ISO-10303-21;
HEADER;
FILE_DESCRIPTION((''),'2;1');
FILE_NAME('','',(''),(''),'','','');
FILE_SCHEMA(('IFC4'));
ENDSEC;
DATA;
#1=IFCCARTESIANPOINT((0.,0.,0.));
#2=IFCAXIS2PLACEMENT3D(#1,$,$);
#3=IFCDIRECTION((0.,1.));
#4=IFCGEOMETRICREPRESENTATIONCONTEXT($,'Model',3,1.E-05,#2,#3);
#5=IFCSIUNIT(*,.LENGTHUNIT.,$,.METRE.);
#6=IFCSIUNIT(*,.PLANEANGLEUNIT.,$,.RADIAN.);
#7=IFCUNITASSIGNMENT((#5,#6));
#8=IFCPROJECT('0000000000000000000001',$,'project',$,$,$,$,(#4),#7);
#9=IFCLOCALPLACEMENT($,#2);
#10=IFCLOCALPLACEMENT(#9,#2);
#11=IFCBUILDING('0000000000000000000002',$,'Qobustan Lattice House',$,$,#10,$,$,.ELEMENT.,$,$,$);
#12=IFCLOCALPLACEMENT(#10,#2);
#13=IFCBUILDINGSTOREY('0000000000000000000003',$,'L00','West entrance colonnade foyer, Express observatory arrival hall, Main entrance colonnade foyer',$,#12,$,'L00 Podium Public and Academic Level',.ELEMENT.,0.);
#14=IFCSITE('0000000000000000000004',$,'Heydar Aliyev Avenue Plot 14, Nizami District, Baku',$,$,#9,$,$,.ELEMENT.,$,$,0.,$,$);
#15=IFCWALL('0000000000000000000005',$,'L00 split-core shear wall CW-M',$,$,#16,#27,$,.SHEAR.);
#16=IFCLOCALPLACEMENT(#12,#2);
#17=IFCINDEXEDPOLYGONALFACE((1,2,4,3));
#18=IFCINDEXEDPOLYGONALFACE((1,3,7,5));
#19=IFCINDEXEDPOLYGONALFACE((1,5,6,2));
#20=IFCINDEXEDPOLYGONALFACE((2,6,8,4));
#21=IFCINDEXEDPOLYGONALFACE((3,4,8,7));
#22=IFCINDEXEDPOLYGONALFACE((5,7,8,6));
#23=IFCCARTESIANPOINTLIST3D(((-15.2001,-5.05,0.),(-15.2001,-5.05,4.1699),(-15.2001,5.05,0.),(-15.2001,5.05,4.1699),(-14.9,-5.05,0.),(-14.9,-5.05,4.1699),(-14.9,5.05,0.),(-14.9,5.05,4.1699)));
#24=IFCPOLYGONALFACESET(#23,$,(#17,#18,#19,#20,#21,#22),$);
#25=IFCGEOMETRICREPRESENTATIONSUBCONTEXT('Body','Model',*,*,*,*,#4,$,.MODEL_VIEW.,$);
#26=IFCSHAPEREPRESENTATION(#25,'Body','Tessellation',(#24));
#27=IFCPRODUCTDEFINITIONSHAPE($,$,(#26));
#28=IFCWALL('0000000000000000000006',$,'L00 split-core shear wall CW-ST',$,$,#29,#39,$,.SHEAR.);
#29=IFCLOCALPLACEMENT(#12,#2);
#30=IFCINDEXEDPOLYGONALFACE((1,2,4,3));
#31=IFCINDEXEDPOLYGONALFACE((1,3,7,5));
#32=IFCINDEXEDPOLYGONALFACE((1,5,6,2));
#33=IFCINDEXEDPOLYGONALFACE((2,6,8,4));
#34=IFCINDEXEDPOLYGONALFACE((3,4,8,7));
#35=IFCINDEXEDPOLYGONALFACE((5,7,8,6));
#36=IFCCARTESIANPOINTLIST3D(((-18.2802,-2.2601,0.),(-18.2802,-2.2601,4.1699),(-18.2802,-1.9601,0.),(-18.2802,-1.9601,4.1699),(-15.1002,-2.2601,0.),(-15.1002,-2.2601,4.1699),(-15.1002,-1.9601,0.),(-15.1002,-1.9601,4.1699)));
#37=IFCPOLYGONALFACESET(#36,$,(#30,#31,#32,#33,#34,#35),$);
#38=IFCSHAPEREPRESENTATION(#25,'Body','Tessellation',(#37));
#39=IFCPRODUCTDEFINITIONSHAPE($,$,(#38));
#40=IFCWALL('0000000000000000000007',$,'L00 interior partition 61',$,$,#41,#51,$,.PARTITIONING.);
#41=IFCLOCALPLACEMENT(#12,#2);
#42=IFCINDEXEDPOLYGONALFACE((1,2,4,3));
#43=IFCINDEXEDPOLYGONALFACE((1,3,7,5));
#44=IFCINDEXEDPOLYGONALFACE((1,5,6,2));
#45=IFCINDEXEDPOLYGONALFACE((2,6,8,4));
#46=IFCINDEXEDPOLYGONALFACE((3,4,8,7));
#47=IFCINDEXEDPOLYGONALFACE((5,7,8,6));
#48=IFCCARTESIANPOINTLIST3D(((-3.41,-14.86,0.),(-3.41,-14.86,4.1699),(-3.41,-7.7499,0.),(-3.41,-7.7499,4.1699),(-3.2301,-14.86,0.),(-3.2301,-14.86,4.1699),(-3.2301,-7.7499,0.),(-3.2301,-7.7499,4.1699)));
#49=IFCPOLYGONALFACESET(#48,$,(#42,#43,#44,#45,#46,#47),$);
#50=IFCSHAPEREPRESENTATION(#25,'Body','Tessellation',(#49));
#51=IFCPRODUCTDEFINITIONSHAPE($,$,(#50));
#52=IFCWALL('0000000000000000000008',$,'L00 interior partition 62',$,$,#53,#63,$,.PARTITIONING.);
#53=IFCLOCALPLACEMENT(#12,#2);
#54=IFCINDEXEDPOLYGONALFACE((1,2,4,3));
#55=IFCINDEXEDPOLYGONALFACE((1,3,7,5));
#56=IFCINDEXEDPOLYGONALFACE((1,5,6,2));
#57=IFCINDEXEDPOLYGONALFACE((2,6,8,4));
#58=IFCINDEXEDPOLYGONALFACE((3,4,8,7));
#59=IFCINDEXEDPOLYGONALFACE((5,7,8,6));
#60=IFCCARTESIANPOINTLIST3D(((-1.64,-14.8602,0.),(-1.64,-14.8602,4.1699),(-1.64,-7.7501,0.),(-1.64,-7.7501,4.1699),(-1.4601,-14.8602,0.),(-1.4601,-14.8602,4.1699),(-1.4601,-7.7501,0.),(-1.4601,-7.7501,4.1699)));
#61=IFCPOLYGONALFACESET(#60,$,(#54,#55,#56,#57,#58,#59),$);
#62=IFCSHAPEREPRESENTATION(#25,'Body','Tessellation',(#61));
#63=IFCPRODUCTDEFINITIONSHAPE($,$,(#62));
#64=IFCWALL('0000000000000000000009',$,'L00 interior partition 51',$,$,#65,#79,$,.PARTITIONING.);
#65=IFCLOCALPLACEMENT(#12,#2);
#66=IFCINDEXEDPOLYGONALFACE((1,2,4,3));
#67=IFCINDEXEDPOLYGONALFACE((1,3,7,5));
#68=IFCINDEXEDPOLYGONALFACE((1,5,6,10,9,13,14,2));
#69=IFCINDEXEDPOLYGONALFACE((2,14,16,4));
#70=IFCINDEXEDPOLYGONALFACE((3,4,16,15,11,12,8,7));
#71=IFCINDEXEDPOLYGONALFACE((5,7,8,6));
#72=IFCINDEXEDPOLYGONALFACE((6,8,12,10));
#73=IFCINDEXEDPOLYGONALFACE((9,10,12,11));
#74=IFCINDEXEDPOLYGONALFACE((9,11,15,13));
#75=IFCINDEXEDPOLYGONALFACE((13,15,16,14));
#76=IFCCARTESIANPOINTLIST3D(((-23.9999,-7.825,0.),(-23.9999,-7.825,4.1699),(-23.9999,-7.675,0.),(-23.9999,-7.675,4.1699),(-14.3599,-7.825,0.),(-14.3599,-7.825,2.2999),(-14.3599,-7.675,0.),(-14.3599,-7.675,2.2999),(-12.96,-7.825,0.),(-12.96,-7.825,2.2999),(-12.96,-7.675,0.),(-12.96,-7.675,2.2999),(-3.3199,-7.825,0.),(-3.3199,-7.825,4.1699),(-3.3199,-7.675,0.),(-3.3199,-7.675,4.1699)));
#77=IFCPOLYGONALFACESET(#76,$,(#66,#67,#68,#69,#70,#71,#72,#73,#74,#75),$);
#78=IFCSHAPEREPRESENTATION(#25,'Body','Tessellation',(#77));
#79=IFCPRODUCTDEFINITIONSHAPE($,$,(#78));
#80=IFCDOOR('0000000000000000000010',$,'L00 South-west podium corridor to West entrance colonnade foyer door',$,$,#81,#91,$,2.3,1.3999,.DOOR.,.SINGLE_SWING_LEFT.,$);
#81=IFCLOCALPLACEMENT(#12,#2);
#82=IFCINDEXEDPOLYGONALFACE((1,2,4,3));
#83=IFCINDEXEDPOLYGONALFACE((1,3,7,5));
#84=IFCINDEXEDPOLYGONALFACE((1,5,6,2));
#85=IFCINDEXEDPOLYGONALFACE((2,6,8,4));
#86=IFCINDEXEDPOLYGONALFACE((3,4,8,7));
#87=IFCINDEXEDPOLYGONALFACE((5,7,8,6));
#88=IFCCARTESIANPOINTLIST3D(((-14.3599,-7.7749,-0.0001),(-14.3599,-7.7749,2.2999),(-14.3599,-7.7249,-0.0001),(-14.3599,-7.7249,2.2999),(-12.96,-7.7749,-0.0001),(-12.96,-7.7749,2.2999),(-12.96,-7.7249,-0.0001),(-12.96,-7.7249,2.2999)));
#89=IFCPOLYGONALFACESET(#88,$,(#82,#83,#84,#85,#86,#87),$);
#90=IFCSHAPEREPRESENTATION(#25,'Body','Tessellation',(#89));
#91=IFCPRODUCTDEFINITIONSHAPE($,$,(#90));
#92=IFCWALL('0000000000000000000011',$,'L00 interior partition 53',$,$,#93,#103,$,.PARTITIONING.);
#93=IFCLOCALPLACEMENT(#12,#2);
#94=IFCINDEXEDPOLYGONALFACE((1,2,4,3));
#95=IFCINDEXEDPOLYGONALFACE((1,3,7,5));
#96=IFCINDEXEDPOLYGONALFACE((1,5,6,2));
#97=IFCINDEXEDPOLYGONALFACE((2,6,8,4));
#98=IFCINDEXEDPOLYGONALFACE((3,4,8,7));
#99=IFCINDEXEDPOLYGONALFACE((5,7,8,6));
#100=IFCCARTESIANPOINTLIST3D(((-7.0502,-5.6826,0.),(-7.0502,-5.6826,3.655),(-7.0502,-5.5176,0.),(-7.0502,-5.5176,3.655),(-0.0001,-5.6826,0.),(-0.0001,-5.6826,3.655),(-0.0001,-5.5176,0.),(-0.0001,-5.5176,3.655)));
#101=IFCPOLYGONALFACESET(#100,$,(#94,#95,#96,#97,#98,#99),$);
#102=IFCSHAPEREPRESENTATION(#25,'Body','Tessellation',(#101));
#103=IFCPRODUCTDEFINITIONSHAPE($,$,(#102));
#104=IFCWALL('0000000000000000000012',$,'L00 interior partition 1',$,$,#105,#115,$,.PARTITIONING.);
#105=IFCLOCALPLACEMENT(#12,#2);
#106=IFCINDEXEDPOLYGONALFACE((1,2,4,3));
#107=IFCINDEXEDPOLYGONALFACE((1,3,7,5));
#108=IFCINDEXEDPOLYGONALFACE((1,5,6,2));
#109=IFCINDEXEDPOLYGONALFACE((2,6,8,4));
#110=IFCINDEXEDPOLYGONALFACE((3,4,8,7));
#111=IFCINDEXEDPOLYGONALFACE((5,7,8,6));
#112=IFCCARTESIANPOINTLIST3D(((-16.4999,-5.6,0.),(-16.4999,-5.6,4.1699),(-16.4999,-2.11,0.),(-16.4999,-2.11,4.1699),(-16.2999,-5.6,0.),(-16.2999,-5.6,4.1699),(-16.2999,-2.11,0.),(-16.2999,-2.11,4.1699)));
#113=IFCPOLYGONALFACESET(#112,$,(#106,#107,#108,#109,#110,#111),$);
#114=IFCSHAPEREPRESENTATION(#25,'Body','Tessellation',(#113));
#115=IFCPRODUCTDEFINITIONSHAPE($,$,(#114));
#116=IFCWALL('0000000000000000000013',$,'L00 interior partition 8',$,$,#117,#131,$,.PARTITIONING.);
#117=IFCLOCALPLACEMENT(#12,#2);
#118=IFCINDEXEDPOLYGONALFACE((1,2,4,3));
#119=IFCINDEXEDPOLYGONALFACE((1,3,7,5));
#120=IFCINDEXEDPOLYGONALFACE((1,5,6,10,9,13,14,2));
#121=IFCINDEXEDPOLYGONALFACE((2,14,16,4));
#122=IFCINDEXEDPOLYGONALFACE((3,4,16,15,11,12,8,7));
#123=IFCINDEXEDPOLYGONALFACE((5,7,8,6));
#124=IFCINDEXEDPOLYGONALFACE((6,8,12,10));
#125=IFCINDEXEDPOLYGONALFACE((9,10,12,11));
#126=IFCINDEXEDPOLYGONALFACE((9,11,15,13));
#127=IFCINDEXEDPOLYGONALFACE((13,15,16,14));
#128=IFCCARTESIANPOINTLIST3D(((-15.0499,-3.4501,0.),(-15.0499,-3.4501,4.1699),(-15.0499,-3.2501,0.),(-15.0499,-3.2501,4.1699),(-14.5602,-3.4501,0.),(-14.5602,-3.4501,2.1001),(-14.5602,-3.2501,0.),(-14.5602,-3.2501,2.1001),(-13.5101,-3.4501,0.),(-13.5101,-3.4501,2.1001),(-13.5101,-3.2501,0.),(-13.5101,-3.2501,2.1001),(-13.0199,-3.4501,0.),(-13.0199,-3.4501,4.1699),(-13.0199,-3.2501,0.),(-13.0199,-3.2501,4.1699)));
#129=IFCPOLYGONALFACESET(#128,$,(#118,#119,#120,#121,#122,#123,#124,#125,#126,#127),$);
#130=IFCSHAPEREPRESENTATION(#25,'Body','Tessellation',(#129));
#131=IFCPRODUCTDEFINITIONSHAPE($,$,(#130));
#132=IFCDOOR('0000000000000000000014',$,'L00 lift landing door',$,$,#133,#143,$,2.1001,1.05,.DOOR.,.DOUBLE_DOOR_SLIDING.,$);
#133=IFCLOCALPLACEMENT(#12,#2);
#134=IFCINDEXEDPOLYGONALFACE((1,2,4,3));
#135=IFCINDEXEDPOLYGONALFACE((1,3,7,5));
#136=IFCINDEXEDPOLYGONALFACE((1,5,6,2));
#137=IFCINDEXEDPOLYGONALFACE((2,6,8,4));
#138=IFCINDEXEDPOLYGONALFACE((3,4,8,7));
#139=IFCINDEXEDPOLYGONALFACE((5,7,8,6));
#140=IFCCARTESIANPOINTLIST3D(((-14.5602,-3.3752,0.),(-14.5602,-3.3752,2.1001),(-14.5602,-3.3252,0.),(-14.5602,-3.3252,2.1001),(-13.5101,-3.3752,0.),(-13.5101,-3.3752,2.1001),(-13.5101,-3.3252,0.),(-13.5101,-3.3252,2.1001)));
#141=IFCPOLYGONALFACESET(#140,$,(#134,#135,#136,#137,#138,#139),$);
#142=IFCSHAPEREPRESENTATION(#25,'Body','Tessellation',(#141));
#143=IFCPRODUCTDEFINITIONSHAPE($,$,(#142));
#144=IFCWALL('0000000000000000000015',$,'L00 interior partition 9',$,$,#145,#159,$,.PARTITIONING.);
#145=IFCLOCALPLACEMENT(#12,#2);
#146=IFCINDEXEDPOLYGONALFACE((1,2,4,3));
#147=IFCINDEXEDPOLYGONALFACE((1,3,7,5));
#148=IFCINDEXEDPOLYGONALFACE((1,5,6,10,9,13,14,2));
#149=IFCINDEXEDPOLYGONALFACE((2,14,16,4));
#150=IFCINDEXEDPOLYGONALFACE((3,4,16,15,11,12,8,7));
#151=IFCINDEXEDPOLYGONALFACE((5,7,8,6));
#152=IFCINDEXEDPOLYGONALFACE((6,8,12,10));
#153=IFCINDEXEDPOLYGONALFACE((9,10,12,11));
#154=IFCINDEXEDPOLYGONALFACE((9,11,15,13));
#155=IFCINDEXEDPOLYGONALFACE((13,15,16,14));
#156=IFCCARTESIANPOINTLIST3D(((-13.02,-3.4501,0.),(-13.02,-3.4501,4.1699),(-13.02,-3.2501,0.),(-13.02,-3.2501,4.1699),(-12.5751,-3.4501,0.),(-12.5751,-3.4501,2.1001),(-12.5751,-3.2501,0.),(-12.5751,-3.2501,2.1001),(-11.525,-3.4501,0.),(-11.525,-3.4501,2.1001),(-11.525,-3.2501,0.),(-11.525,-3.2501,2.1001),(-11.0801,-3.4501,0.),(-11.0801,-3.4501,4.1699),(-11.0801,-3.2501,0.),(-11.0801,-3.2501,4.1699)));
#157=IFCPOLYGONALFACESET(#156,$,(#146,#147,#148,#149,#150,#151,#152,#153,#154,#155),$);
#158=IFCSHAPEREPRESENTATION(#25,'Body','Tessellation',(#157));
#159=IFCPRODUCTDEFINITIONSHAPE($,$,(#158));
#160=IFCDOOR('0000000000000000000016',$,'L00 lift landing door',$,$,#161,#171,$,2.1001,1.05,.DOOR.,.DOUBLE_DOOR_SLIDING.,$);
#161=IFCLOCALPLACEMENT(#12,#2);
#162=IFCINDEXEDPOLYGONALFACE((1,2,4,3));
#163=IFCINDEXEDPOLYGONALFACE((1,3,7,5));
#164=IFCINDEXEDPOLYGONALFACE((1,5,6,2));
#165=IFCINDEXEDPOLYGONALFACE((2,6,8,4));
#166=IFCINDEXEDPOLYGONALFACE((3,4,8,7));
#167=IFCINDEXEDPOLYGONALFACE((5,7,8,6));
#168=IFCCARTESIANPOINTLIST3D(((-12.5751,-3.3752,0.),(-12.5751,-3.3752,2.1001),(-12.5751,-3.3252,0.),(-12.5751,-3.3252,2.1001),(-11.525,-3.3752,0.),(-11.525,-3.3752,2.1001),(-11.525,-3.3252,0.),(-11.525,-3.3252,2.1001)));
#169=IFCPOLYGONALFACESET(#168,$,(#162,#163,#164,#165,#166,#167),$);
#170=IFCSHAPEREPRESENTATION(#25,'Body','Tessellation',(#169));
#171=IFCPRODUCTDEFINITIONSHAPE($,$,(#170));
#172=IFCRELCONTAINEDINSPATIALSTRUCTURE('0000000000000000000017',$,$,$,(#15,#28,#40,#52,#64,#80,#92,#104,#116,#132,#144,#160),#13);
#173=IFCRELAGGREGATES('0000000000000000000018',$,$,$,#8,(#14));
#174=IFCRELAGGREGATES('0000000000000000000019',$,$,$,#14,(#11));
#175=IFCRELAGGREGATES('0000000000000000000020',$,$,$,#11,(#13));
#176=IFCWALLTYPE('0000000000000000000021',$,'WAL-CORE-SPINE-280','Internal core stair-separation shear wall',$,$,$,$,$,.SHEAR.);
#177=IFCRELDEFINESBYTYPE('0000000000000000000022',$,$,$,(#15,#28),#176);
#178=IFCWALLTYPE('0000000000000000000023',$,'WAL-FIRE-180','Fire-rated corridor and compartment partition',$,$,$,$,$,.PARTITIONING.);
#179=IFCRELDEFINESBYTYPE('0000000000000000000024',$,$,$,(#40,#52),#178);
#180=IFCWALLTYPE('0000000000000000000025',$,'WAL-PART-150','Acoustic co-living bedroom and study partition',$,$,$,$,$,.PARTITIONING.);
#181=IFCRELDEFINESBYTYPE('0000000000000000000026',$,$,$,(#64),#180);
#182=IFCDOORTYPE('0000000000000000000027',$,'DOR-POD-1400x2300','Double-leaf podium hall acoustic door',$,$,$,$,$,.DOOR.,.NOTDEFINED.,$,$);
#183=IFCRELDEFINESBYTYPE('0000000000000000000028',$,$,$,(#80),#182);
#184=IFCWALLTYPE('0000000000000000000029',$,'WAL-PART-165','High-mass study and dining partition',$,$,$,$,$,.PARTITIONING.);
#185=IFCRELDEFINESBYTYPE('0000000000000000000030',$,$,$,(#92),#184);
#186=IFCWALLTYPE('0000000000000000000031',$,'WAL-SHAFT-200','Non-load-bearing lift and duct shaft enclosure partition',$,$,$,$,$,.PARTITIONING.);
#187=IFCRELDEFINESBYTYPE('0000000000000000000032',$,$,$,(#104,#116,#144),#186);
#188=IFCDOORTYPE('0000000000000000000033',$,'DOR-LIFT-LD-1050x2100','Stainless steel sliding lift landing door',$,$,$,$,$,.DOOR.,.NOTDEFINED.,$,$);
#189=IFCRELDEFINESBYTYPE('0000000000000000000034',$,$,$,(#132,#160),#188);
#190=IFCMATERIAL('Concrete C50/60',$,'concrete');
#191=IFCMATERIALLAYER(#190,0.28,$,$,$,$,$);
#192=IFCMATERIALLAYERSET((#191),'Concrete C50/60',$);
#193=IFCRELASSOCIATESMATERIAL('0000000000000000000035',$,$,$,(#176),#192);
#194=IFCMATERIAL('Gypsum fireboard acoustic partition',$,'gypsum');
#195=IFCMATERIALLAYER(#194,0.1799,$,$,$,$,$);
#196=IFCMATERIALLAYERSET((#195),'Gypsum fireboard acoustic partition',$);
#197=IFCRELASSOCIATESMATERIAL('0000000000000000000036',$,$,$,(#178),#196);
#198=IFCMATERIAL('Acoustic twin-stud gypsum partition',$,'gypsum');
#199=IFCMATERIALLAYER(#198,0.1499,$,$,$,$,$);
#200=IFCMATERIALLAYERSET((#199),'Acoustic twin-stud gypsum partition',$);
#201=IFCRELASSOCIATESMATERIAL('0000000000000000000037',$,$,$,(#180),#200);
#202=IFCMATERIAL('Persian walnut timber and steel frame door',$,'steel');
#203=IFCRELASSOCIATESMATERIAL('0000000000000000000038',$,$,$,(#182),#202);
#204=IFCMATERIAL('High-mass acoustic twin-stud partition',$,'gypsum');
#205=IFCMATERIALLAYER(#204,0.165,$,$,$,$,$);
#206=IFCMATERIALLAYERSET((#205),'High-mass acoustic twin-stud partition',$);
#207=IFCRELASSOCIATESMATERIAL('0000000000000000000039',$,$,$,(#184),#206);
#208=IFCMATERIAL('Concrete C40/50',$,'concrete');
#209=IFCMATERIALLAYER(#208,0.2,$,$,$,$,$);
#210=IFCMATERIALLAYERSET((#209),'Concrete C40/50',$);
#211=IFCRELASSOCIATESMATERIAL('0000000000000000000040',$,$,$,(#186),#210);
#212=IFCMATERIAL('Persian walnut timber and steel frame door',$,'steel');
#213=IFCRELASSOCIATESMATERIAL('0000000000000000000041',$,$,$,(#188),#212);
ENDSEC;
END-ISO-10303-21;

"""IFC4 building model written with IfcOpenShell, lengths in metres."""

from ifc_helpers import new_model, si_unit, direction, frame, frame_2d, origin, place, context, subcontext, project, spatial, rectangle, extrude, material, layer, layer_set, type_object, element, fill, save


model = new_model("IFC4")

# Units and contexts
model_context = context("Model", 3, precision=1e-05, world=origin(), true_north=direction((0.0, 1.0)))
body_context = subcontext(model_context, "Body", "Model", "MODEL_VIEW")
ifc_project = project(units=[si_unit("LENGTHUNIT", "METRE"), si_unit("PLANEANGLEUNIT", "RADIAN")], contexts=[model_context])

# Site, building, storey
site_placement = place(None, origin())
site = spatial("IfcSite", under=ifc_project, at=site_placement, Name="Heydar Aliyev Avenue Plot 14, Nizami District, Baku", CompositionType="ELEMENT", RefElevation=0.0)
building_placement = place(site_placement, origin())
building = spatial("IfcBuilding", under=site, at=building_placement, Name="Qobustan Lattice House", CompositionType="ELEMENT")
storey_placement = place(building_placement, origin())
storey = spatial("IfcBuildingStorey", under=building, at=storey_placement, Name="L00", Description="West entrance colonnade foyer, Express observatory arrival hall, Main entrance colonnade foyer", LongName="L00 Podium Public and Academic Level", CompositionType="ELEMENT", Elevation=0.0)

# Walls
ifc_material_1 = material(Name="Concrete C50/60", Category="concrete")
ifc_layer_1 = layer(ifc_material_1, 0.28)
ifc_layer_set_1 = layer_set([ifc_layer_1], Name="Concrete C50/60")
wall_type_1 = type_object("IfcWallType", Name="WAL-CORE-SPINE-280", Description="Internal core stair-separation shear wall", PredefinedType="SHEAR", material=ifc_layer_set_1)
wall_1_placement = place(storey_placement, frame((-15.05, -5.05, 0.0), z_axis=(0.0, 0.0, 1.0), x_axis=(0.0, 1.0, 0.0)))
element("IfcWall", 1, at=wall_1_placement, inside=storey, type_object=wall_type_1, Name="L00 split-core shear wall CW-M", PredefinedType="SHEAR", context=body_context, shape_type="SweptSolid", body=[
    extrude(rectangle(XDim=10.1001, YDim=0.3, at=frame_2d((5.05, 0.0))), origin(), (0.0, 0.0, 1.0), 4.1699),
])
wall_2_placement = place(storey_placement, frame((-18.28, -2.1101, 0.0), z_axis=(0.0, 0.0, 1.0), x_axis=(1.0, 0.0, 0.0)))
element("IfcWall", 2, at=wall_2_placement, inside=storey, type_object=wall_type_1, Name="L00 split-core shear wall CW-ST", PredefinedType="SHEAR", context=body_context, shape_type="SweptSolid", body=[
    extrude(rectangle(XDim=3.1799, YDim=0.3, at=frame_2d((1.5898, 0.0))), origin(), (0.0, 0.0, 1.0), 4.1699),
])
ifc_material_2 = material(Name="Gypsum fireboard acoustic partition", Category="gypsum")
ifc_layer_2 = layer(ifc_material_2, 0.1799)
ifc_layer_set_2 = layer_set([ifc_layer_2], Name="Gypsum fireboard acoustic partition")
wall_type_2 = type_object("IfcWallType", Name="WAL-FIRE-180", Description="Fire-rated corridor and compartment partition", PredefinedType="PARTITIONING", material=ifc_layer_set_2)
for number, where, z_axis, x_axis, name in (
    (3, (-3.3201, -14.8601, 0.0), (0.0, 0.0, 1.0), (0.0, 1.0, 0.0), "L00 interior partition 61"),
    (4, (-1.55, -7.75, 0.0), (0.0, 0.0, 1.0), (0.0, -1.0, 0.0), "L00 interior partition 62"),
):
    element("IfcWall", number, at=place(storey_placement, frame(where, z_axis=z_axis, x_axis=x_axis)), inside=storey, type_object=wall_type_2, Name=name, PredefinedType="PARTITIONING", context=body_context, shape_type="SweptSolid", body=[
        extrude(rectangle(XDim=7.1101, YDim=0.1799, at=frame_2d((3.5552, 0.0))), origin(), (0.0, 0.0, 1.0), 4.1699),
    ])

# Wall, opening, door
ifc_material_3 = material(Name="Acoustic twin-stud gypsum partition", Category="gypsum")
ifc_layer_3 = layer(ifc_material_3, 0.1499)
ifc_layer_set_3 = layer_set([ifc_layer_3], Name="Acoustic twin-stud gypsum partition")
wall_type_3 = type_object("IfcWallType", Name="WAL-PART-150", Description="Acoustic co-living bedroom and study partition", PredefinedType="PARTITIONING", material=ifc_layer_set_3)
wall_3_placement = place(storey_placement, frame((-3.3201, -7.75, 0.0), z_axis=(0.0, 0.0, 1.0), x_axis=(-1.0, 0.0, 0.0)))
wall_3 = element("IfcWall", 5, at=wall_3_placement, inside=storey, type_object=wall_type_3, Name="L00 interior partition 51", PredefinedType="PARTITIONING", context=body_context, shape_type="SweptSolid", body=[
    extrude(rectangle(XDim=20.6799, YDim=0.1499, at=frame_2d((10.3398, 0.0))), origin(), (0.0, 0.0, 1.0), 4.1699),
])
opening_1_placement = place(wall_3_placement, frame((9.6399, 0.0, 0.0)))
opening_1 = element("IfcOpeningElement", 6, at=opening_1_placement, cuts=wall_3, PredefinedType="OPENING", context=body_context, shape_type="SweptSolid", body=[
    extrude(rectangle(XDim=1.3999, YDim=2.3, at=frame_2d((0.7, 1.1499))), frame((0.0, 0.085, 0.0), z_axis=(0.0, -1.0, 0.0), x_axis=(1.0, 0.0, 0.0)), (0.0, 0.0, 1.0), 0.1699),
])
ifc_material_4 = material(Name="Persian walnut timber and steel frame door", Category="steel")
door_type_1 = type_object("IfcDoorType", Name="DOR-POD-1400x2300", Description="Double-leaf podium hall acoustic door", OperationType="NOTDEFINED", PredefinedType="DOOR", material=ifc_material_4)
door_1_placement = place(opening_1_placement, origin())
door_1 = element("IfcDoor", 7, at=door_1_placement, inside=storey, type_object=door_type_1, Name="L00 South-west podium corridor to West entrance colonnade foyer door", OperationType="SINGLE_SWING_LEFT", OverallHeight=2.3, OverallWidth=1.3999, PredefinedType="DOOR", context=body_context, shape_type="SweptSolid", body=[
    extrude(rectangle(XDim=1.3999, YDim=2.3, at=frame_2d((0.7, 1.1499))), frame((0.0, 0.0249, 0.0), z_axis=(0.0, -1.0, 0.0), x_axis=(1.0, 0.0, 0.0)), (0.0, 0.0, 1.0), 0.05),
])
fill(opening_1, door_1)

# Walls
ifc_material_5 = material(Name="High-mass acoustic twin-stud partition", Category="gypsum")
ifc_layer_4 = layer(ifc_material_5, 0.165)
ifc_layer_set_4 = layer_set([ifc_layer_4], Name="High-mass acoustic twin-stud partition")
wall_type_4 = type_object("IfcWallType", Name="WAL-PART-165", Description="High-mass study and dining partition", PredefinedType="PARTITIONING", material=ifc_layer_set_4)
wall_4_placement = place(storey_placement, frame((-7.05, -5.6001, 0.0), z_axis=(0.0, 0.0, 1.0), x_axis=(1.0, 0.0, 0.0)))
element("IfcWall", 8, at=wall_4_placement, inside=storey, type_object=wall_type_4, Name="L00 interior partition 53", PredefinedType="PARTITIONING", context=body_context, shape_type="SweptSolid", body=[
    extrude(rectangle(XDim=7.05, YDim=0.165, at=frame_2d((3.5249, 0.0))), origin(), (0.0, 0.0, 1.0), 3.655),
])
ifc_material_6 = material(Name="Concrete C40/50", Category="concrete")
ifc_layer_5 = layer(ifc_material_6, 0.2)
ifc_layer_set_5 = layer_set([ifc_layer_5], Name="Concrete C40/50")
wall_type_5 = type_object("IfcWallType", Name="WAL-SHAFT-200", Description="Non-load-bearing lift and duct shaft enclosure partition", PredefinedType="PARTITIONING", material=ifc_layer_set_5)
wall_5_placement = place(storey_placement, frame((-16.3999, -5.6001, 0.0), z_axis=(0.0, 0.0, 1.0), x_axis=(0.0, 1.0, 0.0)))
element("IfcWall", 9, at=wall_5_placement, inside=storey, type_object=wall_type_5, Name="L00 interior partition 1", PredefinedType="PARTITIONING", context=body_context, shape_type="SweptSolid", body=[
    extrude(rectangle(XDim=3.49, YDim=0.2, at=frame_2d((1.7451, 0.0))), origin(), (0.0, 0.0, 1.0), 4.1699),
])

# Walls, openings, doors
wall_6_placement = place(storey_placement, frame((-15.05, -3.3501, 0.0), z_axis=(0.0, 0.0, 1.0), x_axis=(1.0, 0.0, 0.0)))
wall_6 = element("IfcWall", 10, at=wall_6_placement, inside=storey, type_object=wall_type_5, Name="L00 interior partition 8", PredefinedType="PARTITIONING", context=body_context, shape_type="SweptSolid", body=[
    extrude(rectangle(XDim=2.03, YDim=0.2, at=frame_2d((1.0151, 0.0))), origin(), (0.0, 0.0, 1.0), 4.1699),
])
opening_2_placement = place(wall_6_placement, frame((0.49, 0.0, 0.0)))
opening_2 = element("IfcOpeningElement", 11, at=opening_2_placement, cuts=wall_6, PredefinedType="OPENING", context=body_context, shape_type="SweptSolid", body=[
    extrude(rectangle(XDim=1.05, YDim=2.1001, at=frame_2d((0.5249, 1.05))), frame((0.0, 0.1099, 0.0), z_axis=(0.0, -1.0, 0.0), x_axis=(1.0, 0.0, 0.0)), (0.0, 0.0, 1.0), 0.22),
])
ifc_material_7 = material(Name="Persian walnut timber and steel frame door", Category="steel")
door_type_2 = type_object("IfcDoorType", Name="DOR-LIFT-LD-1050x2100", Description="Stainless steel sliding lift landing door", OperationType="NOTDEFINED", PredefinedType="DOOR", material=ifc_material_7)
door_2_placement = place(opening_2_placement, origin())
door_2 = element("IfcDoor", 12, at=door_2_placement, inside=storey, type_object=door_type_2, Name="L00 lift landing door", OperationType="DOUBLE_DOOR_SLIDING", OverallHeight=2.1001, OverallWidth=1.05, PredefinedType="DOOR", context=body_context, shape_type="SweptSolid", body=[
    extrude(rectangle(XDim=1.05, YDim=2.1001, at=frame_2d((0.5249, 1.05))), frame((0.0, 0.0249, 0.0), z_axis=(0.0, -1.0, 0.0), x_axis=(1.0, 0.0, 0.0)), (0.0, 0.0, 1.0), 0.05),
])
fill(opening_2, door_2)
wall_7_placement = place(storey_placement, frame((-13.02, -3.3501, 0.0), z_axis=(0.0, 0.0, 1.0), x_axis=(1.0, 0.0, 0.0)))
wall_7 = element("IfcWall", 13, at=wall_7_placement, inside=storey, type_object=wall_type_5, Name="L00 interior partition 9", PredefinedType="PARTITIONING", context=body_context, shape_type="SweptSolid", body=[
    extrude(rectangle(XDim=1.9399, YDim=0.2, at=frame_2d((0.97, 0.0))), origin(), (0.0, 0.0, 1.0), 4.1699),
])
opening_3_placement = place(wall_7_placement, frame((0.4451, 0.0, 0.0)))
opening_3 = element("IfcOpeningElement", 14, at=opening_3_placement, cuts=wall_7, PredefinedType="OPENING", context=body_context, shape_type="SweptSolid", body=[
    extrude(rectangle(XDim=1.05, YDim=2.1001, at=frame_2d((0.5249, 1.05))), frame((0.0, 0.1099, 0.0), z_axis=(0.0, -1.0, 0.0), x_axis=(1.0, 0.0, 0.0)), (0.0, 0.0, 1.0), 0.22),
])
door_3_placement = place(opening_3_placement, origin())
door_3 = element("IfcDoor", 15, at=door_3_placement, inside=storey, type_object=door_type_2, Name="L00 lift landing door", OperationType="DOUBLE_DOOR_SLIDING", OverallHeight=2.1001, OverallWidth=1.05, PredefinedType="DOOR", context=body_context, shape_type="SweptSolid", body=[
    extrude(rectangle(XDim=1.05, YDim=2.1001, at=frame_2d((0.5249, 1.05))), frame((0.0, 0.0249, 0.0), z_axis=(0.0, -1.0, 0.0), x_axis=(1.0, 0.0, 0.0)), (0.0, 0.0, 1.0), 0.05),
])
fill(opening_3, door_3)

save(model, "model.ifc")
